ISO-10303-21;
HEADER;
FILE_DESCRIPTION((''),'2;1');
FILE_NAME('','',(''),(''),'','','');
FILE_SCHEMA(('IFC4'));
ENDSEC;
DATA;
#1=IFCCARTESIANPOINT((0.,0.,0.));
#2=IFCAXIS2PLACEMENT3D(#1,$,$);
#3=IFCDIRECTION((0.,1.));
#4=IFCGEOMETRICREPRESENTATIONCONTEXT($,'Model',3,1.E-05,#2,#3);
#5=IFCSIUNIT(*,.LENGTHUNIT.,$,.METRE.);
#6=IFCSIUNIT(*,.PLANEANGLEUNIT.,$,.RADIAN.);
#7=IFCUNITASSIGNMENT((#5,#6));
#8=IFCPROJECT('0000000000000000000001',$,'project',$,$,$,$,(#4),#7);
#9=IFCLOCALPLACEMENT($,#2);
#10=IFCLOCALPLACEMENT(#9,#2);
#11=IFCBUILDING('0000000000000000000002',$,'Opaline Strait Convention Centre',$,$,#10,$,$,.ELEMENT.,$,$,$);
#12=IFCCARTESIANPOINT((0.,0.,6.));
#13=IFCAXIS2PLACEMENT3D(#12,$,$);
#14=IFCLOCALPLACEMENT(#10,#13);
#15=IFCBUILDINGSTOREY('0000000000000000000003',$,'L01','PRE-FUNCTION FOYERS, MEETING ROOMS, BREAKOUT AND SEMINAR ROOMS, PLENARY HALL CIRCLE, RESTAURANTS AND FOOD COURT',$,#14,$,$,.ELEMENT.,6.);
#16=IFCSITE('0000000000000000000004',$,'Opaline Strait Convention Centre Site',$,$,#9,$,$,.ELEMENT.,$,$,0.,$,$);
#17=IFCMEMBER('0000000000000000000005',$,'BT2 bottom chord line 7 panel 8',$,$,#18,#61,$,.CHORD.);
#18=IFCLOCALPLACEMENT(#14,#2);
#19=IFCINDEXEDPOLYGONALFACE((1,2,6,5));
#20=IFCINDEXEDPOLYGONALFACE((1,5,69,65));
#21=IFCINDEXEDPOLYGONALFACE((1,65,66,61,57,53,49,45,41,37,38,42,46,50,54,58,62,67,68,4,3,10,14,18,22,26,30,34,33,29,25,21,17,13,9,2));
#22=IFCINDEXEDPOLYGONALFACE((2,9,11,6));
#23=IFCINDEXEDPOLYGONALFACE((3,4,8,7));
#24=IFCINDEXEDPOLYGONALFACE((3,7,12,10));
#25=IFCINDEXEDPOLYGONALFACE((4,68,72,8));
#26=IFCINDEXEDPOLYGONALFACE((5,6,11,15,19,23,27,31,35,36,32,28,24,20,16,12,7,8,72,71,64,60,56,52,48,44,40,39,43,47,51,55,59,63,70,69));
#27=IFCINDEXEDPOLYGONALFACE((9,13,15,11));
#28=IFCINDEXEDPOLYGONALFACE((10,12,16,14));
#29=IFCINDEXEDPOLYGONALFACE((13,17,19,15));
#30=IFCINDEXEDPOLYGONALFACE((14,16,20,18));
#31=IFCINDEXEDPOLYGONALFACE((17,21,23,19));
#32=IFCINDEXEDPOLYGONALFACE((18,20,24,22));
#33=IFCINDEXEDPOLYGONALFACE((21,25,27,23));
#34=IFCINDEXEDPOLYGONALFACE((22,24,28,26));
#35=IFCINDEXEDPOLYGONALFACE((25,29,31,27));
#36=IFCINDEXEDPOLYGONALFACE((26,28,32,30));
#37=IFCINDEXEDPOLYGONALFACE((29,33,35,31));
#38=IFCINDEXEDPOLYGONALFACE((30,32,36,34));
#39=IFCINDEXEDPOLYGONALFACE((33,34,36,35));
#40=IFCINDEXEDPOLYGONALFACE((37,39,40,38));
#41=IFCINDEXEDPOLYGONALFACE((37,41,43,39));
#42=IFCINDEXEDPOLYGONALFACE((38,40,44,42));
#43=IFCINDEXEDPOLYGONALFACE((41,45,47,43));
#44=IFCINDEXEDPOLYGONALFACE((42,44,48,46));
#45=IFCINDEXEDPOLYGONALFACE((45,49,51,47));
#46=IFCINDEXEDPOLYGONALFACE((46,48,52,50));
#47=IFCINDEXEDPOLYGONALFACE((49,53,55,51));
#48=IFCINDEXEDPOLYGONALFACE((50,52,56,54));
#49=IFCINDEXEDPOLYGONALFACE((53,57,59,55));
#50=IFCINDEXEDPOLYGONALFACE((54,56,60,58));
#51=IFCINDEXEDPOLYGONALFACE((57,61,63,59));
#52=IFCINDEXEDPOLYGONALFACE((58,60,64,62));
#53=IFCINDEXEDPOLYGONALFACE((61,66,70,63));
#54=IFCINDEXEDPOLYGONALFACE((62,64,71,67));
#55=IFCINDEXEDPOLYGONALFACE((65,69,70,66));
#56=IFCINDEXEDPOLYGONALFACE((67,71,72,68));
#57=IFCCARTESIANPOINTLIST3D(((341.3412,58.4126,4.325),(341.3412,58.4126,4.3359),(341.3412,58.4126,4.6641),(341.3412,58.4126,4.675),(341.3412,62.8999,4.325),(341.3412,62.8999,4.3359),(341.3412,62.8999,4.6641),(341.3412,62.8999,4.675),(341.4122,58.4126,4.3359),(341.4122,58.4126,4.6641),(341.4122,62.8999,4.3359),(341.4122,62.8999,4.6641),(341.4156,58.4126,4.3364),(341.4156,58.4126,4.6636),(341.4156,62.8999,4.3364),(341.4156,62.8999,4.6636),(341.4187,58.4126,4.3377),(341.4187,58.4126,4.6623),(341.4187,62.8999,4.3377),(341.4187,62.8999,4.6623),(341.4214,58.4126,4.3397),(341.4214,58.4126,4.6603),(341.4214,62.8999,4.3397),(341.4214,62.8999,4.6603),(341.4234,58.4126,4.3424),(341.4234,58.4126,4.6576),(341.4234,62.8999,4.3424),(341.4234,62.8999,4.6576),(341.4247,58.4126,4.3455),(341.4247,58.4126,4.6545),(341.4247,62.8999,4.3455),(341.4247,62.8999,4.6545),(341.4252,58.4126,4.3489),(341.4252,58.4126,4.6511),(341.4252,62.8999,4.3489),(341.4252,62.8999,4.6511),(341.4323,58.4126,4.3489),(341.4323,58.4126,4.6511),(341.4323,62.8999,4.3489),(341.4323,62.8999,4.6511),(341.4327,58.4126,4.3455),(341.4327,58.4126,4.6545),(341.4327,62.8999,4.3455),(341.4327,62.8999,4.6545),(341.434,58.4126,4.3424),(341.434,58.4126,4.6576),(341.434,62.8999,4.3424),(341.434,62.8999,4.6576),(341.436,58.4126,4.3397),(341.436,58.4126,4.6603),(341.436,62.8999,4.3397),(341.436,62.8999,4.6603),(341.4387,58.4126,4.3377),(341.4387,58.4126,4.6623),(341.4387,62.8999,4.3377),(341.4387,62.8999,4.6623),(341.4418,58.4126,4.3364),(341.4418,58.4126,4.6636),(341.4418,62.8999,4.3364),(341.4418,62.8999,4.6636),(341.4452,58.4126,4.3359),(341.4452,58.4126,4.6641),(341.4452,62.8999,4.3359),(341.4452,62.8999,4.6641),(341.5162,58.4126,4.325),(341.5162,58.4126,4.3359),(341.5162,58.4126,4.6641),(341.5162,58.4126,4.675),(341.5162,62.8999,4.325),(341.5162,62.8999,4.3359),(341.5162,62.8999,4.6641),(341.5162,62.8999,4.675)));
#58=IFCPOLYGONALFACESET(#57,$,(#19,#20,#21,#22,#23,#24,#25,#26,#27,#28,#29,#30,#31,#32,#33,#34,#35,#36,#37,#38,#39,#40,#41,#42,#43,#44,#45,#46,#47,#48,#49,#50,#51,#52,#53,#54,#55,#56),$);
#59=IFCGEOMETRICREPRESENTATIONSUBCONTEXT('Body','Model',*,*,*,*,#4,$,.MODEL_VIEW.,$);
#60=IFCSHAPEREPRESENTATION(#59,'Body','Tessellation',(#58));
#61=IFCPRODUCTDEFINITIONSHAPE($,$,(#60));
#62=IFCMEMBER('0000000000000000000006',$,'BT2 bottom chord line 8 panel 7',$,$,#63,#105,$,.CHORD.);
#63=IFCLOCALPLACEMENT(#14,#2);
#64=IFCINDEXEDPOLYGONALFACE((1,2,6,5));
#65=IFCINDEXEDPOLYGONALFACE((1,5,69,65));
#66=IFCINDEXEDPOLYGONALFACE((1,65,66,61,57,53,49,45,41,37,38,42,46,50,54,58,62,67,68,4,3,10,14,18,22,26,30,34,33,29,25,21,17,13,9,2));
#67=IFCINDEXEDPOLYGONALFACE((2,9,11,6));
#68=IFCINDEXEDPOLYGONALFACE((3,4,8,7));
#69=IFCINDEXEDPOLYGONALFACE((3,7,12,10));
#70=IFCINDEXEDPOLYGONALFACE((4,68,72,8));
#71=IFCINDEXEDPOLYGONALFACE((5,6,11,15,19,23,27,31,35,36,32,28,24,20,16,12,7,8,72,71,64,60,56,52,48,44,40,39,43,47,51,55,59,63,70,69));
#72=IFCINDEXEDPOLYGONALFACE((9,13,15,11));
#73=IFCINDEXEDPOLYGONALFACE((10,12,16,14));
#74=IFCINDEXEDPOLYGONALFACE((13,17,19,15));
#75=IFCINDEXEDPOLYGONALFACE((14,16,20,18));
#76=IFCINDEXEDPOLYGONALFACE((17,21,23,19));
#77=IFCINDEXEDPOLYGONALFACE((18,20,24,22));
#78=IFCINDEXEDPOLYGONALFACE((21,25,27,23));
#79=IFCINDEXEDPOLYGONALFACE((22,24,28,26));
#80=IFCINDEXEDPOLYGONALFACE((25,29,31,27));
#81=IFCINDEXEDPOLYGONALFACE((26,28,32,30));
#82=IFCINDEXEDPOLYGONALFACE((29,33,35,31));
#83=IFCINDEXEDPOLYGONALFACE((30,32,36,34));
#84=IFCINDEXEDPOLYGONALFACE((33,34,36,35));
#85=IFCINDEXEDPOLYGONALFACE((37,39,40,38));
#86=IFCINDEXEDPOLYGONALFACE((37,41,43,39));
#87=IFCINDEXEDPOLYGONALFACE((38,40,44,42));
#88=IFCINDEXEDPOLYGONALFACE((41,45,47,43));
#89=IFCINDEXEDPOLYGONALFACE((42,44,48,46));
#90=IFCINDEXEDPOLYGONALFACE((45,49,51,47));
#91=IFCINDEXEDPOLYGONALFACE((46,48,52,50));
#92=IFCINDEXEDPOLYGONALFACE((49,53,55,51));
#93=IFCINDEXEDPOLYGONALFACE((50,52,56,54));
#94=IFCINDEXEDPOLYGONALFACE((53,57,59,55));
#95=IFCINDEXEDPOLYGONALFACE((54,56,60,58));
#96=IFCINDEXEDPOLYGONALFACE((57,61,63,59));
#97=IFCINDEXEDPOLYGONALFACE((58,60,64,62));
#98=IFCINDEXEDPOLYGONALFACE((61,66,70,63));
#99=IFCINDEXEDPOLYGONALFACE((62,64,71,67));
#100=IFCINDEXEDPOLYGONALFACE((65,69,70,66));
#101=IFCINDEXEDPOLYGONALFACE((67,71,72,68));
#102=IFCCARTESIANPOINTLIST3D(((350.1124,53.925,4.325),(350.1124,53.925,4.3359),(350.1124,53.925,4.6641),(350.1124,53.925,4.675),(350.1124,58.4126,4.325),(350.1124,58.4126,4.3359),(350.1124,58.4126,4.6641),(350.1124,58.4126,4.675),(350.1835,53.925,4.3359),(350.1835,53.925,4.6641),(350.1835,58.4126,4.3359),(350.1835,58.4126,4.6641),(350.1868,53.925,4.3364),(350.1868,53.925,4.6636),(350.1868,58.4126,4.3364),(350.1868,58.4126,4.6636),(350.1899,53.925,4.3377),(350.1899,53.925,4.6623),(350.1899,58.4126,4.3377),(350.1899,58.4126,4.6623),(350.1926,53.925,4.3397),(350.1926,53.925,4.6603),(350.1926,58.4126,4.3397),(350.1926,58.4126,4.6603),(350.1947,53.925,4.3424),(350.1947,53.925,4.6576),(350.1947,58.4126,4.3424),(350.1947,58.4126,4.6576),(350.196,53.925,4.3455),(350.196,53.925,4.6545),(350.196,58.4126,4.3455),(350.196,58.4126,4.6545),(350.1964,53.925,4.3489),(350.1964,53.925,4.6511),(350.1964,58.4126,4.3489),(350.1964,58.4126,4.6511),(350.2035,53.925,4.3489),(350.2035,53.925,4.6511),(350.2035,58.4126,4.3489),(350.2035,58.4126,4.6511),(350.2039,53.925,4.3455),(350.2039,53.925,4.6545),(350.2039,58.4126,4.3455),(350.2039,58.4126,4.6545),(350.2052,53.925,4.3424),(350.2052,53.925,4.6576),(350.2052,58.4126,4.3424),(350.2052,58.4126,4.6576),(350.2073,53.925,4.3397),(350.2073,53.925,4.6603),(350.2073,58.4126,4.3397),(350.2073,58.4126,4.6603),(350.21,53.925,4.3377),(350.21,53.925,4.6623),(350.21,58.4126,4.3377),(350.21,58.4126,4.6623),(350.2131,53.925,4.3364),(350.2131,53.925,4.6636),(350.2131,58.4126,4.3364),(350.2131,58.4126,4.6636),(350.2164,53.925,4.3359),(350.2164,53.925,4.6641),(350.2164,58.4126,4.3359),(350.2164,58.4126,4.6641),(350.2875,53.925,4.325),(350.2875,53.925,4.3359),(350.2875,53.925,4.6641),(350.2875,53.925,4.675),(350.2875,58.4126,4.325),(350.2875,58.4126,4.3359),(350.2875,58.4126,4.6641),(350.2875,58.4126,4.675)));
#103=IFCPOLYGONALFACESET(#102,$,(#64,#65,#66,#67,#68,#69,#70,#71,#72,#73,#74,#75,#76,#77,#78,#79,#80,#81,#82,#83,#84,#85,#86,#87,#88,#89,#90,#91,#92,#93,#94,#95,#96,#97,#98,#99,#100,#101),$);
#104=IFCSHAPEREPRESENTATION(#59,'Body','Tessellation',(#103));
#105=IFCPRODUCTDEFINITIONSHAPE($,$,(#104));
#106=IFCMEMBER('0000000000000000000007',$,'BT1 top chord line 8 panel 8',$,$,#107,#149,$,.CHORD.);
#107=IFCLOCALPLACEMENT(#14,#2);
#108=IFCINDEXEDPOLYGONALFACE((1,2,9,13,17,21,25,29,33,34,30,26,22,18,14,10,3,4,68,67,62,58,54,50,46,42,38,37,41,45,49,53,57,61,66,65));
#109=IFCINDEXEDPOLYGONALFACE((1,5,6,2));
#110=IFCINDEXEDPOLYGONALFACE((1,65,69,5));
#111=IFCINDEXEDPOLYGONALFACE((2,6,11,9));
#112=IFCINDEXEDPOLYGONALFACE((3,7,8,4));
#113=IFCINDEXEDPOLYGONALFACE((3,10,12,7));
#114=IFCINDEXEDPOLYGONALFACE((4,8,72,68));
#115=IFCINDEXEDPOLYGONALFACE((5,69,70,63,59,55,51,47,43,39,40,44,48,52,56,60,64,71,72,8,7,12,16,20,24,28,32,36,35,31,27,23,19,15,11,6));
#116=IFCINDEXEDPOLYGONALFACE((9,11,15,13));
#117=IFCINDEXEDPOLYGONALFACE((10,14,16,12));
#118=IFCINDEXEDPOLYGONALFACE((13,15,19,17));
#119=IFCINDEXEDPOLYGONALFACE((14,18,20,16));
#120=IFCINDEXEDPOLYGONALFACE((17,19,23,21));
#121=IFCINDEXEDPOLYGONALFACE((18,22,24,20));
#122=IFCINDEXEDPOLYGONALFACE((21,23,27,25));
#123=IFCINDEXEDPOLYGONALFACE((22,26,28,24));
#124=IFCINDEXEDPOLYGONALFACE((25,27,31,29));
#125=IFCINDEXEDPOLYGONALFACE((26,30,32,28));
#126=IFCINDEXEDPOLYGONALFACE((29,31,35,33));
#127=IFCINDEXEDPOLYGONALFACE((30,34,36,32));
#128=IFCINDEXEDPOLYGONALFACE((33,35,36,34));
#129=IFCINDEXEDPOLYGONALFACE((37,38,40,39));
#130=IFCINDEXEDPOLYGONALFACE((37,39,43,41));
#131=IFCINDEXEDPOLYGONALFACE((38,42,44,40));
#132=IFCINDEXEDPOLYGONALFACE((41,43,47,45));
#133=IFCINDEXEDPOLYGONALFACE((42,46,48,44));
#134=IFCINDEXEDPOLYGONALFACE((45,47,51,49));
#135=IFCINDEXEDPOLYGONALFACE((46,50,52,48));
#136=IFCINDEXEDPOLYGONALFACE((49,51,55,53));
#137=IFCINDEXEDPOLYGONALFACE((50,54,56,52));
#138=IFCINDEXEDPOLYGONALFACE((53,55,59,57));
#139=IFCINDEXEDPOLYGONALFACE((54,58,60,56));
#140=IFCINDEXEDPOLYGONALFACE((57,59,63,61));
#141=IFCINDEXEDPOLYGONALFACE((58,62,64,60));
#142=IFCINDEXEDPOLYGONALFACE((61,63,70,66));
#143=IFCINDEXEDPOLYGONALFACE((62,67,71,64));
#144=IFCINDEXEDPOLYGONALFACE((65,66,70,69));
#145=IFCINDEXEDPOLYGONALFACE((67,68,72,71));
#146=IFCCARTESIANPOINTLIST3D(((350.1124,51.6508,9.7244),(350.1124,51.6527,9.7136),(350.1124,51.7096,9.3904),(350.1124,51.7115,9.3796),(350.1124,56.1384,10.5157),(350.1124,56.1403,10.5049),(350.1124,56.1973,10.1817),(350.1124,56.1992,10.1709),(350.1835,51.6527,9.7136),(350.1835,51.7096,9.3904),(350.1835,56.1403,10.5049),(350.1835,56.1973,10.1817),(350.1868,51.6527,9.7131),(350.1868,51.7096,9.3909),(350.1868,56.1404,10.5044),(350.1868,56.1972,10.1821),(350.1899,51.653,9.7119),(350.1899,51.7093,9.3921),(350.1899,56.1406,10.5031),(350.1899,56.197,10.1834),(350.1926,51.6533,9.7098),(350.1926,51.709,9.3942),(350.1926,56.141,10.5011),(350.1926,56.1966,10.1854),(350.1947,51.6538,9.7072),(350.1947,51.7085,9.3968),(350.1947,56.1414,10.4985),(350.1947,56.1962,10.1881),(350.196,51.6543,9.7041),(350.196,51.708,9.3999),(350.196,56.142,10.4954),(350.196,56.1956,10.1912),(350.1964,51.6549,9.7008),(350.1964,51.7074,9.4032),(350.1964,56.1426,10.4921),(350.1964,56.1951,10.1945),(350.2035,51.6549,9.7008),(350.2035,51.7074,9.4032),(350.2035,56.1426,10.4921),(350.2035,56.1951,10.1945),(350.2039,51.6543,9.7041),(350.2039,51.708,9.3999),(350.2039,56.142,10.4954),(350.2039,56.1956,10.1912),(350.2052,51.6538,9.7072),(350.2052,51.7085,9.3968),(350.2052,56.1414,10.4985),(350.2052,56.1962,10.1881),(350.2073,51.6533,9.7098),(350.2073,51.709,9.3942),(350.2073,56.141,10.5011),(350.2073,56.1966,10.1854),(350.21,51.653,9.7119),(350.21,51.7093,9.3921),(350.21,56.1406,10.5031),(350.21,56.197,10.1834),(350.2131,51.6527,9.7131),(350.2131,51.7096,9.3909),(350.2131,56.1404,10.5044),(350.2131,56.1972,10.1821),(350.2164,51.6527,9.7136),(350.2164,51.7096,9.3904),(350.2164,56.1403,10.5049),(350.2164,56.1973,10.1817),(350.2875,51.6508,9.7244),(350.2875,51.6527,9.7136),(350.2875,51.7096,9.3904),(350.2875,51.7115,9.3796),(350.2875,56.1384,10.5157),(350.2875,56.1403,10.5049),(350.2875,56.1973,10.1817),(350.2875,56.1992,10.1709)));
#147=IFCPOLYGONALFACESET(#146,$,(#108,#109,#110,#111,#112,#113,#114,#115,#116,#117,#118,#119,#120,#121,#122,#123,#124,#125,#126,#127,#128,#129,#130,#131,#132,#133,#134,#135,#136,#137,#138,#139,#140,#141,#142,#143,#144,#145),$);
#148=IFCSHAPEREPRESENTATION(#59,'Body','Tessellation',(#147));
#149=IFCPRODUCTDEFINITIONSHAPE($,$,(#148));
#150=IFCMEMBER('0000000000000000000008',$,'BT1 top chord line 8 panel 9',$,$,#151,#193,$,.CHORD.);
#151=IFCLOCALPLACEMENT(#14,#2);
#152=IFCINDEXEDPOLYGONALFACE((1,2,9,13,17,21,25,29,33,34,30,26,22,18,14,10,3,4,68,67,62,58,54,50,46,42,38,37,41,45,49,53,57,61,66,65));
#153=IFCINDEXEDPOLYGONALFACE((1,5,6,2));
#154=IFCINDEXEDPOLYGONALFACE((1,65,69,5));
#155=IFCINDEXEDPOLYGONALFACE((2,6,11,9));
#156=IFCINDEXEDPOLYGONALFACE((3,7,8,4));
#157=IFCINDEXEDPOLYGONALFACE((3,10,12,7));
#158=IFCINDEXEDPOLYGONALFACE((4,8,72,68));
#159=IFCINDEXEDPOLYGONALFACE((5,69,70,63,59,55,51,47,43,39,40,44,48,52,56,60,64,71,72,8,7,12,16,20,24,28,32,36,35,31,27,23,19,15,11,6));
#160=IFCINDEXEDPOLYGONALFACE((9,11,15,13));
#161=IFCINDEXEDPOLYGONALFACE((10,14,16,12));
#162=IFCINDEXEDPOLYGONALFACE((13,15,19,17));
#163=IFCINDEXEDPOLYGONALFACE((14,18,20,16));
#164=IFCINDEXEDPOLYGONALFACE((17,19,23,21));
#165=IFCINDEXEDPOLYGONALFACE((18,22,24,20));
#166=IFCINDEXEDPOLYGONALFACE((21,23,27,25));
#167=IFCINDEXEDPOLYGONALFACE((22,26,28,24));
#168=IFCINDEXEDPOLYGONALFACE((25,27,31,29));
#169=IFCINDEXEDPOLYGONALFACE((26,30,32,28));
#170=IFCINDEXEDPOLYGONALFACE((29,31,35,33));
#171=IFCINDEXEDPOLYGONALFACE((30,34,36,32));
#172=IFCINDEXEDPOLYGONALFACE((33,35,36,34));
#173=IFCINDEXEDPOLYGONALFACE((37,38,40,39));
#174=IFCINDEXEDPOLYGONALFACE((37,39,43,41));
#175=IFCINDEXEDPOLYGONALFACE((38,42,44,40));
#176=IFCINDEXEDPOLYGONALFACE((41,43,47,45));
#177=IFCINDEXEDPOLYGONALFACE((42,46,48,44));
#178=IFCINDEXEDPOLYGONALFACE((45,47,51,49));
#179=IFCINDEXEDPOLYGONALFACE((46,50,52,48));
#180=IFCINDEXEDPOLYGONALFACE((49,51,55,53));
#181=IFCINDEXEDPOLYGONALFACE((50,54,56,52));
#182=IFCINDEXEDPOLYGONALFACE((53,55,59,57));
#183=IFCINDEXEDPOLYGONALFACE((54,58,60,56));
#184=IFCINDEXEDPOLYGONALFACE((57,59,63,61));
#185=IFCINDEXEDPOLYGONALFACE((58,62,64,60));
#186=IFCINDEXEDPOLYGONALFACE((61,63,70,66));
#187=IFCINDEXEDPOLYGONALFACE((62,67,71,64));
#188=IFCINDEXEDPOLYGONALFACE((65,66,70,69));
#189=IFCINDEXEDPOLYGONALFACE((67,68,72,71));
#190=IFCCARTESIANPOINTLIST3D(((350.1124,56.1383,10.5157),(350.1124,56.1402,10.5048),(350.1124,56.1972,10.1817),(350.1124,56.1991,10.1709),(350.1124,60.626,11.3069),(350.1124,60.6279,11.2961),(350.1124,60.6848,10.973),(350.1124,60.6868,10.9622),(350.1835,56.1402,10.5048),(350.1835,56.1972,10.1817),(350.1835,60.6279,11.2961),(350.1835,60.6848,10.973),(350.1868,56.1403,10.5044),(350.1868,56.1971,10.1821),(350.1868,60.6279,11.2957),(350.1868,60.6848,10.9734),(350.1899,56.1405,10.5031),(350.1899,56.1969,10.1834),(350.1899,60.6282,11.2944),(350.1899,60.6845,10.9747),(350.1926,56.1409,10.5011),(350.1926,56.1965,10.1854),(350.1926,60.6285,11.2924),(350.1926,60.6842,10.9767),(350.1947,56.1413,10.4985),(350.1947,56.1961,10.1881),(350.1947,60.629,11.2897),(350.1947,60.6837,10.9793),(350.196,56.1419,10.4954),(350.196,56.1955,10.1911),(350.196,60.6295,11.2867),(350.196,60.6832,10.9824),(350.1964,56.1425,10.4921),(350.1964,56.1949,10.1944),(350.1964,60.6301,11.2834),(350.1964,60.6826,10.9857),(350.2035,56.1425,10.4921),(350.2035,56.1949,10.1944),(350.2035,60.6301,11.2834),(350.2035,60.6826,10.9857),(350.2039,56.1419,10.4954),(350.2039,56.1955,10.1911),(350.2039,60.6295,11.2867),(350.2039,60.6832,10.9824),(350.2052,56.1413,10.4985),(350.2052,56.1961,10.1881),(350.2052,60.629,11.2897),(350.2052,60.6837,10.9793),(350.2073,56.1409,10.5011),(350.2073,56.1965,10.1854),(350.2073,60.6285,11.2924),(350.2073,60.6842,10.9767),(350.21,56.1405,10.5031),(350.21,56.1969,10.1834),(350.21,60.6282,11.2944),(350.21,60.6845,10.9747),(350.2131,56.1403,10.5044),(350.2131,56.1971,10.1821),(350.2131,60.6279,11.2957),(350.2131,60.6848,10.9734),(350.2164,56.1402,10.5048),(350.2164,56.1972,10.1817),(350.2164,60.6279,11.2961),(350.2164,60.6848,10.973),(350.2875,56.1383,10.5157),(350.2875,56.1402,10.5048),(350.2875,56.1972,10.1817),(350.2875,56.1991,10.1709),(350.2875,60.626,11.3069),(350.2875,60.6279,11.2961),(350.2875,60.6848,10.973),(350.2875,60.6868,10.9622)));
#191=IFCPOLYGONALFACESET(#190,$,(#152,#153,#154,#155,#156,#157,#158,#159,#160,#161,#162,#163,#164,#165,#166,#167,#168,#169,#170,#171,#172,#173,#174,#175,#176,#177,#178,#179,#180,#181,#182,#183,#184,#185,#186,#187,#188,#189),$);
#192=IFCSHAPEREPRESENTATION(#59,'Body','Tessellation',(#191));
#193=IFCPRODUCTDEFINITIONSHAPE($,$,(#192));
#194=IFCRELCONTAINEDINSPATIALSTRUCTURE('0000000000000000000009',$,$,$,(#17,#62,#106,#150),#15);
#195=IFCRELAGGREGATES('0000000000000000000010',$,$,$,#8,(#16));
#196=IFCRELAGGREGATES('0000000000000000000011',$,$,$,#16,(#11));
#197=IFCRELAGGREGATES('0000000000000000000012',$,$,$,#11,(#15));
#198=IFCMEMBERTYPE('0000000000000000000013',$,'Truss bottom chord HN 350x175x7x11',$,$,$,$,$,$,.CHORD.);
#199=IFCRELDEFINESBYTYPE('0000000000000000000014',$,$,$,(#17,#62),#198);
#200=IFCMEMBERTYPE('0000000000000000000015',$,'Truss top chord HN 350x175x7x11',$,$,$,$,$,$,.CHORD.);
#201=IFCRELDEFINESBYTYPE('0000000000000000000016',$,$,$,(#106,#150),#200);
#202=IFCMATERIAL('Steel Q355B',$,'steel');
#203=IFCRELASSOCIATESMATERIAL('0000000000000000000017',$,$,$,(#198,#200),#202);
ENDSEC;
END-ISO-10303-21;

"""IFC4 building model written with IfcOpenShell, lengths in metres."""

from ifc_helpers import new_model, si_unit, direction, frame, origin, origin_2d, place, context, subcontext, project, spatial, i_section, extrude, material, material_profile, profile_set, type_object, element, save


model = new_model("IFC4")

# Units and contexts
model_context = context("Model", 3, precision=1e-05, world=origin(), true_north=direction((0.0, 1.0)))
body_context = subcontext(model_context, "Body", "Model", "MODEL_VIEW")
ifc_project = project(units=[si_unit("LENGTHUNIT", "METRE"), si_unit("PLANEANGLEUNIT", "RADIAN")], contexts=[model_context])

# Site, building, storey
site_placement = place(None, origin())
site = spatial("IfcSite", under=ifc_project, at=site_placement, Name="Opaline Strait Convention Centre Site", CompositionType="ELEMENT", RefElevation=0.0)
building_placement = place(site_placement, origin())
building = spatial("IfcBuilding", under=site, at=building_placement, Name="Opaline Strait Convention Centre", CompositionType="ELEMENT")
storey_placement = place(building_placement, frame((0.0, 0.0, 6.0)))
storey = spatial("IfcBuildingStorey", under=building, at=storey_placement, Name="L01", Description="PRE-FUNCTION FOYERS, MEETING ROOMS, BREAKOUT AND SEMINAR ROOMS, PLENARY HALL CIRCLE, RESTAURANTS AND FOOD COURT", CompositionType="ELEMENT", Elevation=6.0)

# Members
ifc_material_1 = material(Name="Steel Q355B", Category="steel")
ifc_material_profile_1 = material_profile(ifc_material_1, i_section(OverallWidth=0.175, OverallDepth=0.3501, WebThickness=0.0071, FlangeThickness=0.011, FilletRadius=0.0129, at=origin_2d()), Name="HN 350x175x7x11")
ifc_profile_set_1 = profile_set([ifc_material_profile_1], Name="Steel Q355B")
member_type_1 = type_object("IfcMemberType", Name="Truss bottom chord HN 350x175x7x11", PredefinedType="CHORD", material=ifc_profile_set_1)
member_1_placement = place(storey_placement, frame((341.4287, 58.4126, 4.5), z_axis=(0.0, 1.0, 0.0), x_axis=(-1.0, 0.0, 0.0)))
element("IfcMember", 1, at=member_1_placement, inside=storey, type_object=member_type_1, Name="BT2 bottom chord line 7 panel 8", PredefinedType="CHORD", context=body_context, shape_type="SweptSolid", body=[
    extrude(i_section(OverallWidth=0.175, OverallDepth=0.3501, WebThickness=0.0071, FlangeThickness=0.011, FilletRadius=0.0129, at=origin_2d()), origin(), (0.0, 0.0, 1.0), 4.4873),
])
member_2_placement = place(storey_placement, frame((350.2, 53.925, 4.5), z_axis=(0.0, 1.0, 0.0), x_axis=(-1.0, 0.0, 0.0)))
element("IfcMember", 2, at=member_2_placement, inside=storey, type_object=member_type_1, Name="BT2 bottom chord line 8 panel 7", PredefinedType="CHORD", context=body_context, shape_type="SweptSolid", body=[
    extrude(i_section(OverallWidth=0.175, OverallDepth=0.3501, WebThickness=0.0071, FlangeThickness=0.011, FilletRadius=0.0129, at=origin_2d()), origin(), (0.0, 0.0, 1.0), 4.4875),
])
ifc_material_profile_2 = material_profile(ifc_material_1, i_section(OverallWidth=0.175, OverallDepth=0.3501, WebThickness=0.0071, FlangeThickness=0.011, FilletRadius=0.0129, at=origin_2d()), Name="HN 350x175x7x11")
ifc_profile_set_2 = profile_set([ifc_material_profile_2], Name="Steel Q355B")
member_type_2 = type_object("IfcMemberType", Name="Truss top chord HN 350x175x7x11", PredefinedType="CHORD", material=ifc_profile_set_2)
for number, where, z_axis, x_axis, name in (
    (3, (350.2, 51.6812, 9.552), (0.0, 0.984808, 0.173645), (-1.0, 0.0, 0.0), "BT1 top chord line 8 panel 8"),
    (4, (350.2, 56.1687, 10.3433), (0.0, 0.984808, 0.173645), (-1.0, 0.0, 0.0), "BT1 top chord line 8 panel 9"),
):
    element("IfcMember", number, at=place(storey_placement, frame(where, z_axis=z_axis, x_axis=x_axis)), inside=storey, type_object=member_type_2, Name=name, PredefinedType="CHORD", context=body_context, shape_type="SweptSolid", body=[
        extrude(i_section(OverallWidth=0.175, OverallDepth=0.3501, WebThickness=0.0071, FlangeThickness=0.011, FilletRadius=0.0129, at=origin_2d()), origin(), (0.0, 0.0, 1.0), 4.5569),
    ])

save(model, "model.ifc")
